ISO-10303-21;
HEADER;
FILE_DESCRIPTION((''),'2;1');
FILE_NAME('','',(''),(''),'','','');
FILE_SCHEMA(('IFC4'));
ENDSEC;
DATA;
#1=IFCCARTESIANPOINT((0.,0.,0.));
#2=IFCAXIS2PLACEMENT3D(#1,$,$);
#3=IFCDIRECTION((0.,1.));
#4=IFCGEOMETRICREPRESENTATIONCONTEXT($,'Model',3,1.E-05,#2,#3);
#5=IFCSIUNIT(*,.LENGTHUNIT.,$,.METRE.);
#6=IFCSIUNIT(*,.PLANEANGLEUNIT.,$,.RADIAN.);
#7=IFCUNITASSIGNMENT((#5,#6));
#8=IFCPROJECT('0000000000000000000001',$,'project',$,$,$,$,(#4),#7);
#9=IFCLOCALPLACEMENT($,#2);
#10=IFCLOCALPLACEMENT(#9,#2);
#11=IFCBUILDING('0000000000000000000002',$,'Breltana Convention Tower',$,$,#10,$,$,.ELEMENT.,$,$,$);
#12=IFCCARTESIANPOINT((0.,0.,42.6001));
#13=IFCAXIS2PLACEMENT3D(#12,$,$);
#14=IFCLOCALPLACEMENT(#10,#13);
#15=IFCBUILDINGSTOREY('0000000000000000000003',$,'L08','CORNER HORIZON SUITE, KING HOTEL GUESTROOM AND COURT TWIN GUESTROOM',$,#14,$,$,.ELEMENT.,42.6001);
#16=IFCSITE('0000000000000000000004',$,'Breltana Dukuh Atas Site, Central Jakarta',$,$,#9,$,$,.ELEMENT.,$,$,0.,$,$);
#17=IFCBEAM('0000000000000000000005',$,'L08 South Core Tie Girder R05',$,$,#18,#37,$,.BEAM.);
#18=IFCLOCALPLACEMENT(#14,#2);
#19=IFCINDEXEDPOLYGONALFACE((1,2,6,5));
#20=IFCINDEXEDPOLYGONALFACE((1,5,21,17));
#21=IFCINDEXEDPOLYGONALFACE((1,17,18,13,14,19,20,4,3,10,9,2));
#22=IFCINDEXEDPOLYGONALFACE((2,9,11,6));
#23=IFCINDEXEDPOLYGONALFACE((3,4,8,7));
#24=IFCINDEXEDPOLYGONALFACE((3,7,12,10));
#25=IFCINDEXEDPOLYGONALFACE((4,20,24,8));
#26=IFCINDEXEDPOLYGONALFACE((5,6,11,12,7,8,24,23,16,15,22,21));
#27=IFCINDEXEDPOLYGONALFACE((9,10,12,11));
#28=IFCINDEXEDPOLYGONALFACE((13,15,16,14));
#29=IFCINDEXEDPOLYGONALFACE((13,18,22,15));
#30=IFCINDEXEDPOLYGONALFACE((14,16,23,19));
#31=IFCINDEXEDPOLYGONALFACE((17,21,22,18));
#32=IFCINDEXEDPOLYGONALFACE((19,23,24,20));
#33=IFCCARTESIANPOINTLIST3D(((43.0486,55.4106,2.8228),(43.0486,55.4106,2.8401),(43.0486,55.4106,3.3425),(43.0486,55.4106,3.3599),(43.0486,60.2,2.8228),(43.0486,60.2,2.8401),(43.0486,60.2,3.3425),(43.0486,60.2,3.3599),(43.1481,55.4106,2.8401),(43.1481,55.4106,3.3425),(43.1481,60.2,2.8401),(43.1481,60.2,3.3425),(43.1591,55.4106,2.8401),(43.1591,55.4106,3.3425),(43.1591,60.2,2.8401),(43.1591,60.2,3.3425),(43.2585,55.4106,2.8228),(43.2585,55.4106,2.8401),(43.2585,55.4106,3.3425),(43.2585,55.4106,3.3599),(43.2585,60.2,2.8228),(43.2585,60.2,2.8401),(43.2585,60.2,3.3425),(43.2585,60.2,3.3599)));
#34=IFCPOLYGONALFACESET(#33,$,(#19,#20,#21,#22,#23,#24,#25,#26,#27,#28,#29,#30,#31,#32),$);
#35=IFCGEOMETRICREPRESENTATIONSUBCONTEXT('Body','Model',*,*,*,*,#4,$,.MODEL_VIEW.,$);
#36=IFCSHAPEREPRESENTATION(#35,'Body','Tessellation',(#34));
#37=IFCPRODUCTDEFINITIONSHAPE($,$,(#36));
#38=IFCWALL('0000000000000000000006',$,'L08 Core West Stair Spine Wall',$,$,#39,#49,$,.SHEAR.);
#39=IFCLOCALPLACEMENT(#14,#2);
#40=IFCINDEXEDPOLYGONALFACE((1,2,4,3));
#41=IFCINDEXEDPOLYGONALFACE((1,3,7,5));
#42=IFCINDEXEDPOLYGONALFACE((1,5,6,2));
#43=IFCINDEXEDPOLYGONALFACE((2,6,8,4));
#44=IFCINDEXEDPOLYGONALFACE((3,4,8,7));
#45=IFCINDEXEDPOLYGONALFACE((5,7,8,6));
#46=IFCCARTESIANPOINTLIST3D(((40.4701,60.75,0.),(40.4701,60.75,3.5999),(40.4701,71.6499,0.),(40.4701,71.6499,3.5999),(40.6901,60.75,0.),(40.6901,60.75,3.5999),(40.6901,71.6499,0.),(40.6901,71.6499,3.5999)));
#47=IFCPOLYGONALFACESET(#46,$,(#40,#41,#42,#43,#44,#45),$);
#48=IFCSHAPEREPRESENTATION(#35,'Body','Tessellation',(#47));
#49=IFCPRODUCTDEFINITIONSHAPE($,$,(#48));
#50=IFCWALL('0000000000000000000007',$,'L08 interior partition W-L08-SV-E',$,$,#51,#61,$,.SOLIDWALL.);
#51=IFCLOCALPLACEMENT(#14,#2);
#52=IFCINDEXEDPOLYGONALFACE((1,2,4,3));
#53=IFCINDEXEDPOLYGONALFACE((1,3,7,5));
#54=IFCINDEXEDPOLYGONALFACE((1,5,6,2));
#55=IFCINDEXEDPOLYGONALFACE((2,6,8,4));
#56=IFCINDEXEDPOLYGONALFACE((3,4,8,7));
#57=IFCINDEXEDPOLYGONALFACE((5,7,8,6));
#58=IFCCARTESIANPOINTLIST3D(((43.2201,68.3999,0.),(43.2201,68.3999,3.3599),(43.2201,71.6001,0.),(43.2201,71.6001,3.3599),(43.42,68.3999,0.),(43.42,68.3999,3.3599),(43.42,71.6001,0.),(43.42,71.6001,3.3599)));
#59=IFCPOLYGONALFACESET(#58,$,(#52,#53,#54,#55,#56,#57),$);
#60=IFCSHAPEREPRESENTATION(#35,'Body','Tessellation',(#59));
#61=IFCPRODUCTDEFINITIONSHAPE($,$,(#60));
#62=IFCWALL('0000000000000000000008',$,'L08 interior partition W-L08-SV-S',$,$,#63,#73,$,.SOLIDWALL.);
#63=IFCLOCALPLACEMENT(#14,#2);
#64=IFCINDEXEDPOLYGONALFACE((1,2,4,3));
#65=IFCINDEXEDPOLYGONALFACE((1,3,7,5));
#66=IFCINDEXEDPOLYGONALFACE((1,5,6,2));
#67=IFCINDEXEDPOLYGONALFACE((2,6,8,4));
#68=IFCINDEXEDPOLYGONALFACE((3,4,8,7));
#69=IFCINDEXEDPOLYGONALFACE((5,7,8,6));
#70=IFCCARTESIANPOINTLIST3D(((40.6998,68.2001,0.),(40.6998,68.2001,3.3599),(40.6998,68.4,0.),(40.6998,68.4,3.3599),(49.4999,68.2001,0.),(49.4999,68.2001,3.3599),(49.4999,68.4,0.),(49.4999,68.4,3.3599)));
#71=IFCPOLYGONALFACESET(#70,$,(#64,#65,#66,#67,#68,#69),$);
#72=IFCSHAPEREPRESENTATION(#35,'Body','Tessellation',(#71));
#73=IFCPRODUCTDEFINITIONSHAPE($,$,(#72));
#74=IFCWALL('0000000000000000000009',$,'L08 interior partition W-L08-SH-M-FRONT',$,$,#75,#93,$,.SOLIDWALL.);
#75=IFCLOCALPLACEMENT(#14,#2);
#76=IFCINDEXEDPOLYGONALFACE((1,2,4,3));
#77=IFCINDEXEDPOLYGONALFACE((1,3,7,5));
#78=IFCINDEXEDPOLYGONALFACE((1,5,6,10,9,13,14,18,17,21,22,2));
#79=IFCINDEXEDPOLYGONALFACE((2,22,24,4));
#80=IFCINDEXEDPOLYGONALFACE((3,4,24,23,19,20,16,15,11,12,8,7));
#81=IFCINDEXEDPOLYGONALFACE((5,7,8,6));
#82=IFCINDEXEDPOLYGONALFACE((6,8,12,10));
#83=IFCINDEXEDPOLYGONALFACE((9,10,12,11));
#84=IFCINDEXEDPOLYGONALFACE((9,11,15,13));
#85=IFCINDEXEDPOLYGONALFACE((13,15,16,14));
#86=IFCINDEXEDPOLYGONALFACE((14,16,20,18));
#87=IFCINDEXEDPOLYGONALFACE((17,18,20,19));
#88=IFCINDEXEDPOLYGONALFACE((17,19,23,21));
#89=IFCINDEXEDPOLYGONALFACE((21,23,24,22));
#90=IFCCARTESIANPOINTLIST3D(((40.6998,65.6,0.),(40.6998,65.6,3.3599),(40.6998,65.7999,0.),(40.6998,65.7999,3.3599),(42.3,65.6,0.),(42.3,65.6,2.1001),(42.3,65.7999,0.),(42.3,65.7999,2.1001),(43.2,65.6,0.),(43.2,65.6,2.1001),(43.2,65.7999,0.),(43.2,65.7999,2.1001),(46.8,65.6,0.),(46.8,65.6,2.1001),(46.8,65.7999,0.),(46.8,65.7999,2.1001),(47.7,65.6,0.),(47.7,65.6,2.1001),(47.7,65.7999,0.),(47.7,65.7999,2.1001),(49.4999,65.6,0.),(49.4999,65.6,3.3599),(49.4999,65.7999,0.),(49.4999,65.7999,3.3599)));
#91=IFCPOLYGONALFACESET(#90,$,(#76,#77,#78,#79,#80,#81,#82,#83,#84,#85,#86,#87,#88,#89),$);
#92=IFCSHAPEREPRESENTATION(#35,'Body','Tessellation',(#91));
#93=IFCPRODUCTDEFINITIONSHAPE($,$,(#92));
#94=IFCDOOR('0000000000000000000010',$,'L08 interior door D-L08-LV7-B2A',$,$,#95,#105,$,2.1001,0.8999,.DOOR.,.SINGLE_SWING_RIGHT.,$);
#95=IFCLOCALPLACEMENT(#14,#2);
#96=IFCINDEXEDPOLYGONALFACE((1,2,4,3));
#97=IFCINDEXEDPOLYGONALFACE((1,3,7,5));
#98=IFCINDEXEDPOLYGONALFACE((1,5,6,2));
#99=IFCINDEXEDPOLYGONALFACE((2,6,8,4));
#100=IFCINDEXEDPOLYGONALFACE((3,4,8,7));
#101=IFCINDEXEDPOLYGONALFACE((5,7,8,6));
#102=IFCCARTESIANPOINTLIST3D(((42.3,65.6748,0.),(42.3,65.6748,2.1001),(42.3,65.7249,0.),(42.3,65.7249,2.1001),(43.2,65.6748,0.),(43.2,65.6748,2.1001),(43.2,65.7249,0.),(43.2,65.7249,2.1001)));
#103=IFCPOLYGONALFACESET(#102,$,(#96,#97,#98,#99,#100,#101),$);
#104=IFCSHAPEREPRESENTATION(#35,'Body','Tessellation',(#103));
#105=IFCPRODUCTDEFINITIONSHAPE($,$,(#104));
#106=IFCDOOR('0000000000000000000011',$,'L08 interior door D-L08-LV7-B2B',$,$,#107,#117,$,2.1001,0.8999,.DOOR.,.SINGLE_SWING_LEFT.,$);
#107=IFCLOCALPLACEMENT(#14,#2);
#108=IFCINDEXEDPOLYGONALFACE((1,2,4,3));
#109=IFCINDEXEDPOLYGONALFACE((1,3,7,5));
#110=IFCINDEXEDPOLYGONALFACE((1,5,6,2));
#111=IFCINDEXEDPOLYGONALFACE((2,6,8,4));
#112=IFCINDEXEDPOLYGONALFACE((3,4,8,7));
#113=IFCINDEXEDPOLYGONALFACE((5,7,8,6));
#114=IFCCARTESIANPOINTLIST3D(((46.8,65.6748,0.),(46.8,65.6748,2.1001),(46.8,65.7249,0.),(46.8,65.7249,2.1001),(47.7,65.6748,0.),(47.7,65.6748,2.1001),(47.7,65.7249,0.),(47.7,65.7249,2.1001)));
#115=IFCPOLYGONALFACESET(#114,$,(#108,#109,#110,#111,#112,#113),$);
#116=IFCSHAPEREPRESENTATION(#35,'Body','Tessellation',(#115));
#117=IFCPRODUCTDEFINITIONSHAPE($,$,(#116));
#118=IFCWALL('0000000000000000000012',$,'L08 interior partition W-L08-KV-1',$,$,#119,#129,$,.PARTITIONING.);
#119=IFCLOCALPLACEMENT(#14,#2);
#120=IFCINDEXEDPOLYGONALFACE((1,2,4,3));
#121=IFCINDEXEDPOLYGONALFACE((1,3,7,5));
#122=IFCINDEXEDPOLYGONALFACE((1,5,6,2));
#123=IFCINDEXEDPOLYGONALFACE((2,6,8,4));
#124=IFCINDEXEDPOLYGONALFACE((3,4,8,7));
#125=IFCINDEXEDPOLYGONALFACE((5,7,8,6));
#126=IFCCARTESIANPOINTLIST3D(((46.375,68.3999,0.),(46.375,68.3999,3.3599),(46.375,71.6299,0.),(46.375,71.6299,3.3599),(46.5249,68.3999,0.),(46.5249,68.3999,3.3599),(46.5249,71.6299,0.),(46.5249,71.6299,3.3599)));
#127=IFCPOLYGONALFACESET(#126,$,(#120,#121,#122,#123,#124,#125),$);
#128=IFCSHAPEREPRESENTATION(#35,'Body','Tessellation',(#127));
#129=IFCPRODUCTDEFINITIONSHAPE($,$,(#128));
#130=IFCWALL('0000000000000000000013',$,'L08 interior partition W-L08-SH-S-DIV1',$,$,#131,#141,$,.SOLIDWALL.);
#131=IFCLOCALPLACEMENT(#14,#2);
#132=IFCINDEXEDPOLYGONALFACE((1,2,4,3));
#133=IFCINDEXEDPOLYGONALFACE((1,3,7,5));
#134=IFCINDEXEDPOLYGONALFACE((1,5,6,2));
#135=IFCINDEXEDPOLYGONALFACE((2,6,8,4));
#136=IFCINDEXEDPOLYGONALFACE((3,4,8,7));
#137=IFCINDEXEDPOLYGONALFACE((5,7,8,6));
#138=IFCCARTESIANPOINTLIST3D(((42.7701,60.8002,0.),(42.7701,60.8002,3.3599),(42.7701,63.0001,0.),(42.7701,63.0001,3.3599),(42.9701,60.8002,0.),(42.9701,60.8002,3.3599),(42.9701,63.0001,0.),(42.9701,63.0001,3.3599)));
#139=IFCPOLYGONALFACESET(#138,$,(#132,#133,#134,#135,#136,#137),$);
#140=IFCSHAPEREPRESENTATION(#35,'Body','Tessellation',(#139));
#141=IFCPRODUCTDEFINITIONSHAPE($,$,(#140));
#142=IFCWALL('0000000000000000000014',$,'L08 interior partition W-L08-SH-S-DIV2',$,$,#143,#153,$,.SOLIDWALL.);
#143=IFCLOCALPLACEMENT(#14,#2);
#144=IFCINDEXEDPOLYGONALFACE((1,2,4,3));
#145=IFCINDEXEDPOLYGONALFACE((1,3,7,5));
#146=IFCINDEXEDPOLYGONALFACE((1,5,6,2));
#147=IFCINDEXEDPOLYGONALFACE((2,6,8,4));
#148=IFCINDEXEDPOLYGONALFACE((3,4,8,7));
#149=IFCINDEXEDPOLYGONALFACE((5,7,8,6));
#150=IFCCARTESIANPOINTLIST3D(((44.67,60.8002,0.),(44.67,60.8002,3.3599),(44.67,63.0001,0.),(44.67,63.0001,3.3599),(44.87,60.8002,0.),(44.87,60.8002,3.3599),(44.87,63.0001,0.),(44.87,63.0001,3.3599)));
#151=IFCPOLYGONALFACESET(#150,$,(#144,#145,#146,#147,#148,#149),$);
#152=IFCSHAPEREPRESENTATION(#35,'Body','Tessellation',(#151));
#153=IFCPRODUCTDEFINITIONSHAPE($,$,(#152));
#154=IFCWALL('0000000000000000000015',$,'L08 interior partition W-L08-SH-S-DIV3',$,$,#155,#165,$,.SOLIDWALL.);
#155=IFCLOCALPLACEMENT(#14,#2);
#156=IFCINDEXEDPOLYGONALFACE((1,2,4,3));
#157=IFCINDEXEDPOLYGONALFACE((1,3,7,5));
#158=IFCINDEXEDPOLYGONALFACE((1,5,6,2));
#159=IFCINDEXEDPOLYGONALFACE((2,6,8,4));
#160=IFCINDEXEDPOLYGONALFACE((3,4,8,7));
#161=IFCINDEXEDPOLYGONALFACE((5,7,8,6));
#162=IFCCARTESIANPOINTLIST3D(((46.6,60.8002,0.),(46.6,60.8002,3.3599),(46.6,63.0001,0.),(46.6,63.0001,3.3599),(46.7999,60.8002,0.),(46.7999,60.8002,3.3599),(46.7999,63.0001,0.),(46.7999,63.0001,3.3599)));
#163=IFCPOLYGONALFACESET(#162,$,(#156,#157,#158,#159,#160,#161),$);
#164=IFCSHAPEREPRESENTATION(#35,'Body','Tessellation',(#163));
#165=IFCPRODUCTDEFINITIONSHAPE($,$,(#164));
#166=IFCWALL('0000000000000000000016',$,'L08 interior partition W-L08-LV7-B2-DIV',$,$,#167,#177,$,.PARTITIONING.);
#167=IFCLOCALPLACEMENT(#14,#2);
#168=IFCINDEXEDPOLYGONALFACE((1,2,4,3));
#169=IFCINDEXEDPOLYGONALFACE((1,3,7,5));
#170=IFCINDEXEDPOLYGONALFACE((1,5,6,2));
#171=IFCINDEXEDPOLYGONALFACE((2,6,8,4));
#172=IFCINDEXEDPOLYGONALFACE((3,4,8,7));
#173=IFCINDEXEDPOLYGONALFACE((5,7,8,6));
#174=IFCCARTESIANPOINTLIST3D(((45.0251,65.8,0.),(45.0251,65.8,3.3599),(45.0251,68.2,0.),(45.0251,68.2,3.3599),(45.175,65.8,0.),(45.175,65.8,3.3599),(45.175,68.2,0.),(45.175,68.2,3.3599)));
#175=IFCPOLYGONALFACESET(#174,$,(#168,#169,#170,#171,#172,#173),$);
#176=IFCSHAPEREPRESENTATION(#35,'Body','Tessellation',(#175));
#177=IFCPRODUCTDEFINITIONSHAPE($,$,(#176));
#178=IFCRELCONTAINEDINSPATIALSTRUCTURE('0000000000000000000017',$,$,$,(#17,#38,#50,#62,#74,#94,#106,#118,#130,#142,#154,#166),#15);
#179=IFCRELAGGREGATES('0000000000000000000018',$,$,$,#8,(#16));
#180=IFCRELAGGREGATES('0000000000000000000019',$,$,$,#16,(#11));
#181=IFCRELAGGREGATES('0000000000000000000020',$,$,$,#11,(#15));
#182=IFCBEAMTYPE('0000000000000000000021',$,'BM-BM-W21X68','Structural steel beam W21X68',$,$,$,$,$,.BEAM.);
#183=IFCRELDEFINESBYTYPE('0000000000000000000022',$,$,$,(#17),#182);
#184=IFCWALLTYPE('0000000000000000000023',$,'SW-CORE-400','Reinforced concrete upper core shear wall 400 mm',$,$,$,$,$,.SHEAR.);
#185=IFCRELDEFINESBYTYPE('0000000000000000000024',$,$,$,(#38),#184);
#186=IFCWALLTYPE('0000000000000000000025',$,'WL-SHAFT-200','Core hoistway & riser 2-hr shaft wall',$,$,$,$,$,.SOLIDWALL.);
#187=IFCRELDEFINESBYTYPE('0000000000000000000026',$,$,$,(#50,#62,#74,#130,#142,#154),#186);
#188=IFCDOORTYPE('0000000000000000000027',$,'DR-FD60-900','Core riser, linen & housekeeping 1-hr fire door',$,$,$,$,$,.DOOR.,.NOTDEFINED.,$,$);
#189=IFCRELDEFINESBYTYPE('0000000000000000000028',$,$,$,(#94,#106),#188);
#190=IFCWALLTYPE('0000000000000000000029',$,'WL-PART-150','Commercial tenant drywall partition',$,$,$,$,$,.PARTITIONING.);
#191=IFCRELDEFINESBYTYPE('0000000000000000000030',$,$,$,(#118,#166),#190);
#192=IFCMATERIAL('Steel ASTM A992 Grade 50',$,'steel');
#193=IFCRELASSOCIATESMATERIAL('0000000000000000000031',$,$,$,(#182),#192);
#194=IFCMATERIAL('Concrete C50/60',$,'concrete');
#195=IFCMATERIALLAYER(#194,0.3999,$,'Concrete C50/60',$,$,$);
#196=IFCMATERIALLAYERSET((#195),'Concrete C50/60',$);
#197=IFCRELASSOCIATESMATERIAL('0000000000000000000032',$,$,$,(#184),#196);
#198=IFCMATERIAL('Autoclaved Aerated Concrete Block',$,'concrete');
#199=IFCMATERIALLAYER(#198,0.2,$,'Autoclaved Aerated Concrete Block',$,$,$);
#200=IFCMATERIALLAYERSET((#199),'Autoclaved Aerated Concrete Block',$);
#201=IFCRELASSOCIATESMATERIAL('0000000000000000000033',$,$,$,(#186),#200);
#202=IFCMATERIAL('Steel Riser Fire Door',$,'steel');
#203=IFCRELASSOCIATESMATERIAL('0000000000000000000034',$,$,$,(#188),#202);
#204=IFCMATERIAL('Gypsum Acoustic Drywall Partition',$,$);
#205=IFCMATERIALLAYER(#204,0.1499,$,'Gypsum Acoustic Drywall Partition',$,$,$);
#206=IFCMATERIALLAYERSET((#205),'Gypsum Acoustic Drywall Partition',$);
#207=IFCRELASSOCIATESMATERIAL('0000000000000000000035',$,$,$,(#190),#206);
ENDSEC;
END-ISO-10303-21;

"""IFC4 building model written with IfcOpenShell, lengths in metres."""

from ifc_helpers import new_model, si_unit, direction, frame, frame_2d, origin, origin_2d, place, context, subcontext, project, spatial, rectangle, i_section, extrude, source, transform, mapped, material, layer, layer_set, material_profile, profile_set, type_object, type_shapes, element, fill, save


model = new_model("IFC4")

# Units and contexts
model_context = context("Model", 3, precision=1e-05, world=origin(), true_north=direction((0.0, 1.0)))
body_context = subcontext(model_context, "Body", "Model", "MODEL_VIEW")
ifc_project = project(units=[si_unit("LENGTHUNIT", "METRE"), si_unit("PLANEANGLEUNIT", "RADIAN")], contexts=[model_context])

# Site, building, storey
site_placement = place(None, origin())
site = spatial("IfcSite", under=ifc_project, at=site_placement, Name="Breltana Dukuh Atas Site, Central Jakarta", CompositionType="ELEMENT", RefElevation=0.0)
building_placement = place(site_placement, origin())
building = spatial("IfcBuilding", under=site, at=building_placement, Name="Breltana Convention Tower", CompositionType="ELEMENT")
storey_placement = place(building_placement, frame((0.0, 0.0, 42.6001)))
storey = spatial("IfcBuildingStorey", under=building, at=storey_placement, Name="L08", Description="CORNER HORIZON SUITE, KING HOTEL GUESTROOM AND COURT TWIN GUESTROOM", CompositionType="ELEMENT", Elevation=42.6001)

# Beam
ifc_material_1 = material(Name="Steel ASTM A992 Grade 50", Category="steel")
ifc_material_profile = material_profile(ifc_material_1, i_section(OverallWidth=0.21, OverallDepth=0.5371, WebThickness=0.011, FlangeThickness=0.0173, at=origin_2d()), Name="W21X68")
ifc_profile_set = profile_set([ifc_material_profile], Name="Steel ASTM A992 Grade 50")
beam_type = type_object("IfcBeamType", Name="BM-BM-W21X68", Description="Structural steel beam W21X68", PredefinedType="BEAM", material=ifc_profile_set)
shared_shape_1 = source(origin(), body_context, "Body", "SweptSolid", [
    extrude(i_section(OverallWidth=0.21, OverallDepth=0.5371, WebThickness=0.011, FlangeThickness=0.0173, at=origin_2d()), origin(), (0.0, 0.0, 1.0), 4.7893),
])
beam_placement = place(storey_placement, frame((43.1536, 60.2, 3.0913), z_axis=(0.0, -1.0, 0.0), x_axis=(1.0, 0.0, 0.0)))
element("IfcBeam", 1, at=beam_placement, inside=storey, type_object=beam_type, Name="L08 South Core Tie Girder R05", PredefinedType="BEAM", context=body_context, shape_type="MappedRepresentation", body=[
    mapped(shared_shape_1, transform((0.0, 0.0, 0.0), scale=1.0)),
])

# Walls
ifc_material_2 = material(Name="Concrete C50/60", Category="concrete")
ifc_layer_1 = layer(ifc_material_2, 0.3999, Name="Concrete C50/60")
ifc_layer_set_1 = layer_set([ifc_layer_1], Name="Concrete C50/60")
wall_type_1 = type_object("IfcWallType", Name="SW-CORE-400", Description="Reinforced concrete upper core shear wall 400 mm", PredefinedType="SHEAR", material=ifc_layer_set_1)
shared_shape_2 = source(origin(), body_context, "Body", "SweptSolid", [
    extrude(rectangle(XDim=10.8999, YDim=0.22, at=frame_2d((5.45, 0.0))), origin(), (0.0, 0.0, 1.0), 3.5999),
])
wall_1_placement = place(storey_placement, frame((40.5801, 60.75, 0.0), z_axis=(0.0, 0.0, 1.0), x_axis=(0.0, 1.0, 0.0)))
element("IfcWall", 2, at=wall_1_placement, inside=storey, type_object=wall_type_1, Name="L08 Core West Stair Spine Wall", PredefinedType="SHEAR", context=body_context, shape_type="MappedRepresentation", body=[
    mapped(shared_shape_2, transform((0.0, 0.0, 0.0), scale=1.0)),
])
ifc_material_3 = material(Name="Autoclaved Aerated Concrete Block", Category="concrete")
ifc_layer_2 = layer(ifc_material_3, 0.2, Name="Autoclaved Aerated Concrete Block")
ifc_layer_set_2 = layer_set([ifc_layer_2], Name="Autoclaved Aerated Concrete Block")
wall_type_2 = type_object("IfcWallType", Name="WL-SHAFT-200", Description="Core hoistway & riser 2-hr shaft wall", PredefinedType="SOLIDWALL", material=ifc_layer_set_2)
shared_shape_3 = source(origin(), body_context, "Body", "SweptSolid", [
    extrude(rectangle(XDim=3.2002, YDim=0.2, at=frame_2d((1.6001, 0.0))), origin(), (0.0, 0.0, 1.0), 3.3599),
])
wall_2_placement = place(storey_placement, frame((43.3201, 68.3999, 0.0), z_axis=(0.0, 0.0, 1.0), x_axis=(0.0, 1.0, 0.0)))
element("IfcWall", 3, at=wall_2_placement, inside=storey, type_object=wall_type_2, Name="L08 interior partition W-L08-SV-E", PredefinedType="SOLIDWALL", context=body_context, shape_type="MappedRepresentation", body=[
    mapped(shared_shape_3, transform((0.0, 0.0, 0.0), scale=1.0)),
])
shared_shape_4 = source(origin(), body_context, "Body", "SweptSolid", [
    extrude(rectangle(XDim=8.8, YDim=0.2, at=frame_2d((4.3999, 0.0))), origin(), (0.0, 0.0, 1.0), 3.3599),
])
wall_3_placement = place(storey_placement, frame((40.7, 68.3, 0.0), z_axis=(0.0, 0.0, 1.0), x_axis=(1.0, 0.0, 0.0)))
element("IfcWall", 4, at=wall_3_placement, inside=storey, type_object=wall_type_2, Name="L08 interior partition W-L08-SV-S", PredefinedType="SOLIDWALL", context=body_context, shape_type="MappedRepresentation", body=[
    mapped(shared_shape_4, transform((0.0, 0.0, 0.0), scale=1.0)),
])

# Wall, openings, doors
wall_4_placement = place(storey_placement, frame((40.7, 65.7, 0.0), z_axis=(0.0, 0.0, 1.0), x_axis=(1.0, 0.0, 0.0)))
wall_4 = element("IfcWall", 5, at=wall_4_placement, inside=storey, type_object=wall_type_2, Name="L08 interior partition W-L08-SH-M-FRONT", PredefinedType="SOLIDWALL", context=body_context, shape_type="MappedRepresentation", body=[
    mapped(shared_shape_4, transform((0.0, 0.0, 0.0), scale=1.0)),
])
opening_1_placement = place(wall_4_placement, frame((1.6001, 0.0, 0.0)))
opening_1 = element("IfcOpeningElement", 6, at=opening_1_placement, cuts=wall_4, PredefinedType="OPENING", context=body_context, shape_type="SweptSolid", body=[
    extrude(rectangle(XDim=0.8999, YDim=2.1001, at=frame_2d((0.45, 1.05))), frame((0.0, 0.1099, 0.0), z_axis=(0.0, -1.0, 0.0), x_axis=(1.0, 0.0, 0.0)), (0.0, 0.0, 1.0), 0.22),
])
opening_2_placement = place(wall_4_placement, frame((6.1001, 0.0, 0.0)))
opening_2 = element("IfcOpeningElement", 7, at=opening_2_placement, cuts=wall_4, PredefinedType="OPENING", context=body_context, shape_type="SweptSolid", body=[
    extrude(rectangle(XDim=0.8999, YDim=2.1001, at=frame_2d((0.45, 1.05))), frame((0.0, 0.1099, 0.0), z_axis=(0.0, -1.0, 0.0), x_axis=(1.0, 0.0, 0.0)), (0.0, 0.0, 1.0), 0.22),
])
ifc_material_4 = material(Name="Steel Riser Fire Door", Category="steel")
door_type_1 = type_object("IfcDoorType", Name="DR-FD60-900", Description="Core riser, linen & housekeeping 1-hr fire door", OperationType="NOTDEFINED", PredefinedType="DOOR", material=ifc_material_4)
shared_shape_5 = source(origin(), body_context, "Body", "SweptSolid", [
    extrude(rectangle(XDim=0.8999, YDim=2.1001, at=frame_2d((0.45, 1.05))), frame((0.0, 0.0249, 0.0), z_axis=(0.0, -1.0, 0.0), x_axis=(1.0, 0.0, 0.0)), (0.0, 0.0, 1.0), 0.05),
])
type_shapes(door_type_1, [shared_shape_5])
door_1_placement = place(opening_1_placement, origin())
door_1 = element("IfcDoor", 8, at=door_1_placement, inside=storey, type_object=door_type_1, Name="L08 interior door D-L08-LV7-B2A", OperationType="SINGLE_SWING_RIGHT", OverallHeight=2.1001, OverallWidth=0.8999, PredefinedType="DOOR", context=body_context, shape_type="MappedRepresentation", body=[
    mapped(shared_shape_5, transform((0.0, 0.0, 0.0), scale=1.0)),
])
fill(opening_1, door_1)
door_2_placement = place(opening_2_placement, origin())
door_2 = element("IfcDoor", 9, at=door_2_placement, inside=storey, type_object=door_type_1, Name="L08 interior door D-L08-LV7-B2B", OperationType="SINGLE_SWING_LEFT", OverallHeight=2.1001, OverallWidth=0.8999, PredefinedType="DOOR", context=body_context, shape_type="MappedRepresentation", body=[
    mapped(shared_shape_5, transform((0.0, 0.0, 0.0), scale=1.0)),
])
fill(opening_2, door_2)

# Wall
ifc_material_5 = material(Name="Gypsum Acoustic Drywall Partition")
ifc_layer_3 = layer(ifc_material_5, 0.1499, Name="Gypsum Acoustic Drywall Partition")
ifc_layer_set_3 = layer_set([ifc_layer_3], Name="Gypsum Acoustic Drywall Partition")
wall_type_3 = type_object("IfcWallType", Name="WL-PART-150", Description="Commercial tenant drywall partition", PredefinedType="PARTITIONING", material=ifc_layer_set_3)
shared_shape_6 = source(origin(), body_context, "Body", "SweptSolid", [
    extrude(rectangle(XDim=3.23, YDim=0.1499, at=frame_2d((1.615, 0.0))), origin(), (0.0, 0.0, 1.0), 3.3599),
])
wall_5_placement = place(storey_placement, frame((46.45, 68.3999, 0.0), z_axis=(0.0, 0.0, 1.0), x_axis=(0.0, 1.0, 0.0)))
element("IfcWall", 10, at=wall_5_placement, inside=storey, type_object=wall_type_3, Name="L08 interior partition W-L08-KV-1", PredefinedType="PARTITIONING", context=body_context, shape_type="MappedRepresentation", body=[
    mapped(shared_shape_6, transform((0.0, 0.0, 0.0), scale=1.0)),
])

# Walls
shared_shape_7 = source(origin(), body_context, "Body", "SweptSolid", [
    extrude(rectangle(XDim=2.2, YDim=0.2, at=frame_2d((1.1001, 0.0))), origin(), (0.0, 0.0, 1.0), 3.3599),
])
for number, where, z_axis, x_axis, name in (
    (11, (42.8701, 60.8, 0.0), (0.0, 0.0, 1.0), (0.0, 1.0, 0.0), "L08 interior partition W-L08-SH-S-DIV1"),
    (12, (44.77, 60.8, 0.0), (0.0, 0.0, 1.0), (0.0, 1.0, 0.0), "L08 interior partition W-L08-SH-S-DIV2"),
    (13, (46.7, 60.8, 0.0), (0.0, 0.0, 1.0), (0.0, 1.0, 0.0), "L08 interior partition W-L08-SH-S-DIV3"),
):
    element("IfcWall", number, at=place(storey_placement, frame(where, z_axis=z_axis, x_axis=x_axis)), inside=storey, type_object=wall_type_2, Name=name, PredefinedType="SOLIDWALL", context=body_context, shape_type="MappedRepresentation", body=[
        mapped(shared_shape_7, transform((0.0, 0.0, 0.0), scale=1.0)),
    ])
shared_shape_8 = source(origin(), body_context, "Body", "SweptSolid", [
    extrude(rectangle(XDim=2.3999, YDim=0.1499, at=frame_2d((1.2, 0.0))), origin(), (0.0, 0.0, 1.0), 3.3599),
])
wall_6_placement = place(storey_placement, frame((45.1001, 65.8, 0.0), z_axis=(0.0, 0.0, 1.0), x_axis=(0.0, 1.0, 0.0)))
element("IfcWall", 14, at=wall_6_placement, inside=storey, type_object=wall_type_3, Name="L08 interior partition W-L08-LV7-B2-DIV", PredefinedType="PARTITIONING", context=body_context, shape_type="MappedRepresentation", body=[
    mapped(shared_shape_8, transform((0.0, 0.0, 0.0), scale=1.0)),
])

save(model, "model.ifc")
